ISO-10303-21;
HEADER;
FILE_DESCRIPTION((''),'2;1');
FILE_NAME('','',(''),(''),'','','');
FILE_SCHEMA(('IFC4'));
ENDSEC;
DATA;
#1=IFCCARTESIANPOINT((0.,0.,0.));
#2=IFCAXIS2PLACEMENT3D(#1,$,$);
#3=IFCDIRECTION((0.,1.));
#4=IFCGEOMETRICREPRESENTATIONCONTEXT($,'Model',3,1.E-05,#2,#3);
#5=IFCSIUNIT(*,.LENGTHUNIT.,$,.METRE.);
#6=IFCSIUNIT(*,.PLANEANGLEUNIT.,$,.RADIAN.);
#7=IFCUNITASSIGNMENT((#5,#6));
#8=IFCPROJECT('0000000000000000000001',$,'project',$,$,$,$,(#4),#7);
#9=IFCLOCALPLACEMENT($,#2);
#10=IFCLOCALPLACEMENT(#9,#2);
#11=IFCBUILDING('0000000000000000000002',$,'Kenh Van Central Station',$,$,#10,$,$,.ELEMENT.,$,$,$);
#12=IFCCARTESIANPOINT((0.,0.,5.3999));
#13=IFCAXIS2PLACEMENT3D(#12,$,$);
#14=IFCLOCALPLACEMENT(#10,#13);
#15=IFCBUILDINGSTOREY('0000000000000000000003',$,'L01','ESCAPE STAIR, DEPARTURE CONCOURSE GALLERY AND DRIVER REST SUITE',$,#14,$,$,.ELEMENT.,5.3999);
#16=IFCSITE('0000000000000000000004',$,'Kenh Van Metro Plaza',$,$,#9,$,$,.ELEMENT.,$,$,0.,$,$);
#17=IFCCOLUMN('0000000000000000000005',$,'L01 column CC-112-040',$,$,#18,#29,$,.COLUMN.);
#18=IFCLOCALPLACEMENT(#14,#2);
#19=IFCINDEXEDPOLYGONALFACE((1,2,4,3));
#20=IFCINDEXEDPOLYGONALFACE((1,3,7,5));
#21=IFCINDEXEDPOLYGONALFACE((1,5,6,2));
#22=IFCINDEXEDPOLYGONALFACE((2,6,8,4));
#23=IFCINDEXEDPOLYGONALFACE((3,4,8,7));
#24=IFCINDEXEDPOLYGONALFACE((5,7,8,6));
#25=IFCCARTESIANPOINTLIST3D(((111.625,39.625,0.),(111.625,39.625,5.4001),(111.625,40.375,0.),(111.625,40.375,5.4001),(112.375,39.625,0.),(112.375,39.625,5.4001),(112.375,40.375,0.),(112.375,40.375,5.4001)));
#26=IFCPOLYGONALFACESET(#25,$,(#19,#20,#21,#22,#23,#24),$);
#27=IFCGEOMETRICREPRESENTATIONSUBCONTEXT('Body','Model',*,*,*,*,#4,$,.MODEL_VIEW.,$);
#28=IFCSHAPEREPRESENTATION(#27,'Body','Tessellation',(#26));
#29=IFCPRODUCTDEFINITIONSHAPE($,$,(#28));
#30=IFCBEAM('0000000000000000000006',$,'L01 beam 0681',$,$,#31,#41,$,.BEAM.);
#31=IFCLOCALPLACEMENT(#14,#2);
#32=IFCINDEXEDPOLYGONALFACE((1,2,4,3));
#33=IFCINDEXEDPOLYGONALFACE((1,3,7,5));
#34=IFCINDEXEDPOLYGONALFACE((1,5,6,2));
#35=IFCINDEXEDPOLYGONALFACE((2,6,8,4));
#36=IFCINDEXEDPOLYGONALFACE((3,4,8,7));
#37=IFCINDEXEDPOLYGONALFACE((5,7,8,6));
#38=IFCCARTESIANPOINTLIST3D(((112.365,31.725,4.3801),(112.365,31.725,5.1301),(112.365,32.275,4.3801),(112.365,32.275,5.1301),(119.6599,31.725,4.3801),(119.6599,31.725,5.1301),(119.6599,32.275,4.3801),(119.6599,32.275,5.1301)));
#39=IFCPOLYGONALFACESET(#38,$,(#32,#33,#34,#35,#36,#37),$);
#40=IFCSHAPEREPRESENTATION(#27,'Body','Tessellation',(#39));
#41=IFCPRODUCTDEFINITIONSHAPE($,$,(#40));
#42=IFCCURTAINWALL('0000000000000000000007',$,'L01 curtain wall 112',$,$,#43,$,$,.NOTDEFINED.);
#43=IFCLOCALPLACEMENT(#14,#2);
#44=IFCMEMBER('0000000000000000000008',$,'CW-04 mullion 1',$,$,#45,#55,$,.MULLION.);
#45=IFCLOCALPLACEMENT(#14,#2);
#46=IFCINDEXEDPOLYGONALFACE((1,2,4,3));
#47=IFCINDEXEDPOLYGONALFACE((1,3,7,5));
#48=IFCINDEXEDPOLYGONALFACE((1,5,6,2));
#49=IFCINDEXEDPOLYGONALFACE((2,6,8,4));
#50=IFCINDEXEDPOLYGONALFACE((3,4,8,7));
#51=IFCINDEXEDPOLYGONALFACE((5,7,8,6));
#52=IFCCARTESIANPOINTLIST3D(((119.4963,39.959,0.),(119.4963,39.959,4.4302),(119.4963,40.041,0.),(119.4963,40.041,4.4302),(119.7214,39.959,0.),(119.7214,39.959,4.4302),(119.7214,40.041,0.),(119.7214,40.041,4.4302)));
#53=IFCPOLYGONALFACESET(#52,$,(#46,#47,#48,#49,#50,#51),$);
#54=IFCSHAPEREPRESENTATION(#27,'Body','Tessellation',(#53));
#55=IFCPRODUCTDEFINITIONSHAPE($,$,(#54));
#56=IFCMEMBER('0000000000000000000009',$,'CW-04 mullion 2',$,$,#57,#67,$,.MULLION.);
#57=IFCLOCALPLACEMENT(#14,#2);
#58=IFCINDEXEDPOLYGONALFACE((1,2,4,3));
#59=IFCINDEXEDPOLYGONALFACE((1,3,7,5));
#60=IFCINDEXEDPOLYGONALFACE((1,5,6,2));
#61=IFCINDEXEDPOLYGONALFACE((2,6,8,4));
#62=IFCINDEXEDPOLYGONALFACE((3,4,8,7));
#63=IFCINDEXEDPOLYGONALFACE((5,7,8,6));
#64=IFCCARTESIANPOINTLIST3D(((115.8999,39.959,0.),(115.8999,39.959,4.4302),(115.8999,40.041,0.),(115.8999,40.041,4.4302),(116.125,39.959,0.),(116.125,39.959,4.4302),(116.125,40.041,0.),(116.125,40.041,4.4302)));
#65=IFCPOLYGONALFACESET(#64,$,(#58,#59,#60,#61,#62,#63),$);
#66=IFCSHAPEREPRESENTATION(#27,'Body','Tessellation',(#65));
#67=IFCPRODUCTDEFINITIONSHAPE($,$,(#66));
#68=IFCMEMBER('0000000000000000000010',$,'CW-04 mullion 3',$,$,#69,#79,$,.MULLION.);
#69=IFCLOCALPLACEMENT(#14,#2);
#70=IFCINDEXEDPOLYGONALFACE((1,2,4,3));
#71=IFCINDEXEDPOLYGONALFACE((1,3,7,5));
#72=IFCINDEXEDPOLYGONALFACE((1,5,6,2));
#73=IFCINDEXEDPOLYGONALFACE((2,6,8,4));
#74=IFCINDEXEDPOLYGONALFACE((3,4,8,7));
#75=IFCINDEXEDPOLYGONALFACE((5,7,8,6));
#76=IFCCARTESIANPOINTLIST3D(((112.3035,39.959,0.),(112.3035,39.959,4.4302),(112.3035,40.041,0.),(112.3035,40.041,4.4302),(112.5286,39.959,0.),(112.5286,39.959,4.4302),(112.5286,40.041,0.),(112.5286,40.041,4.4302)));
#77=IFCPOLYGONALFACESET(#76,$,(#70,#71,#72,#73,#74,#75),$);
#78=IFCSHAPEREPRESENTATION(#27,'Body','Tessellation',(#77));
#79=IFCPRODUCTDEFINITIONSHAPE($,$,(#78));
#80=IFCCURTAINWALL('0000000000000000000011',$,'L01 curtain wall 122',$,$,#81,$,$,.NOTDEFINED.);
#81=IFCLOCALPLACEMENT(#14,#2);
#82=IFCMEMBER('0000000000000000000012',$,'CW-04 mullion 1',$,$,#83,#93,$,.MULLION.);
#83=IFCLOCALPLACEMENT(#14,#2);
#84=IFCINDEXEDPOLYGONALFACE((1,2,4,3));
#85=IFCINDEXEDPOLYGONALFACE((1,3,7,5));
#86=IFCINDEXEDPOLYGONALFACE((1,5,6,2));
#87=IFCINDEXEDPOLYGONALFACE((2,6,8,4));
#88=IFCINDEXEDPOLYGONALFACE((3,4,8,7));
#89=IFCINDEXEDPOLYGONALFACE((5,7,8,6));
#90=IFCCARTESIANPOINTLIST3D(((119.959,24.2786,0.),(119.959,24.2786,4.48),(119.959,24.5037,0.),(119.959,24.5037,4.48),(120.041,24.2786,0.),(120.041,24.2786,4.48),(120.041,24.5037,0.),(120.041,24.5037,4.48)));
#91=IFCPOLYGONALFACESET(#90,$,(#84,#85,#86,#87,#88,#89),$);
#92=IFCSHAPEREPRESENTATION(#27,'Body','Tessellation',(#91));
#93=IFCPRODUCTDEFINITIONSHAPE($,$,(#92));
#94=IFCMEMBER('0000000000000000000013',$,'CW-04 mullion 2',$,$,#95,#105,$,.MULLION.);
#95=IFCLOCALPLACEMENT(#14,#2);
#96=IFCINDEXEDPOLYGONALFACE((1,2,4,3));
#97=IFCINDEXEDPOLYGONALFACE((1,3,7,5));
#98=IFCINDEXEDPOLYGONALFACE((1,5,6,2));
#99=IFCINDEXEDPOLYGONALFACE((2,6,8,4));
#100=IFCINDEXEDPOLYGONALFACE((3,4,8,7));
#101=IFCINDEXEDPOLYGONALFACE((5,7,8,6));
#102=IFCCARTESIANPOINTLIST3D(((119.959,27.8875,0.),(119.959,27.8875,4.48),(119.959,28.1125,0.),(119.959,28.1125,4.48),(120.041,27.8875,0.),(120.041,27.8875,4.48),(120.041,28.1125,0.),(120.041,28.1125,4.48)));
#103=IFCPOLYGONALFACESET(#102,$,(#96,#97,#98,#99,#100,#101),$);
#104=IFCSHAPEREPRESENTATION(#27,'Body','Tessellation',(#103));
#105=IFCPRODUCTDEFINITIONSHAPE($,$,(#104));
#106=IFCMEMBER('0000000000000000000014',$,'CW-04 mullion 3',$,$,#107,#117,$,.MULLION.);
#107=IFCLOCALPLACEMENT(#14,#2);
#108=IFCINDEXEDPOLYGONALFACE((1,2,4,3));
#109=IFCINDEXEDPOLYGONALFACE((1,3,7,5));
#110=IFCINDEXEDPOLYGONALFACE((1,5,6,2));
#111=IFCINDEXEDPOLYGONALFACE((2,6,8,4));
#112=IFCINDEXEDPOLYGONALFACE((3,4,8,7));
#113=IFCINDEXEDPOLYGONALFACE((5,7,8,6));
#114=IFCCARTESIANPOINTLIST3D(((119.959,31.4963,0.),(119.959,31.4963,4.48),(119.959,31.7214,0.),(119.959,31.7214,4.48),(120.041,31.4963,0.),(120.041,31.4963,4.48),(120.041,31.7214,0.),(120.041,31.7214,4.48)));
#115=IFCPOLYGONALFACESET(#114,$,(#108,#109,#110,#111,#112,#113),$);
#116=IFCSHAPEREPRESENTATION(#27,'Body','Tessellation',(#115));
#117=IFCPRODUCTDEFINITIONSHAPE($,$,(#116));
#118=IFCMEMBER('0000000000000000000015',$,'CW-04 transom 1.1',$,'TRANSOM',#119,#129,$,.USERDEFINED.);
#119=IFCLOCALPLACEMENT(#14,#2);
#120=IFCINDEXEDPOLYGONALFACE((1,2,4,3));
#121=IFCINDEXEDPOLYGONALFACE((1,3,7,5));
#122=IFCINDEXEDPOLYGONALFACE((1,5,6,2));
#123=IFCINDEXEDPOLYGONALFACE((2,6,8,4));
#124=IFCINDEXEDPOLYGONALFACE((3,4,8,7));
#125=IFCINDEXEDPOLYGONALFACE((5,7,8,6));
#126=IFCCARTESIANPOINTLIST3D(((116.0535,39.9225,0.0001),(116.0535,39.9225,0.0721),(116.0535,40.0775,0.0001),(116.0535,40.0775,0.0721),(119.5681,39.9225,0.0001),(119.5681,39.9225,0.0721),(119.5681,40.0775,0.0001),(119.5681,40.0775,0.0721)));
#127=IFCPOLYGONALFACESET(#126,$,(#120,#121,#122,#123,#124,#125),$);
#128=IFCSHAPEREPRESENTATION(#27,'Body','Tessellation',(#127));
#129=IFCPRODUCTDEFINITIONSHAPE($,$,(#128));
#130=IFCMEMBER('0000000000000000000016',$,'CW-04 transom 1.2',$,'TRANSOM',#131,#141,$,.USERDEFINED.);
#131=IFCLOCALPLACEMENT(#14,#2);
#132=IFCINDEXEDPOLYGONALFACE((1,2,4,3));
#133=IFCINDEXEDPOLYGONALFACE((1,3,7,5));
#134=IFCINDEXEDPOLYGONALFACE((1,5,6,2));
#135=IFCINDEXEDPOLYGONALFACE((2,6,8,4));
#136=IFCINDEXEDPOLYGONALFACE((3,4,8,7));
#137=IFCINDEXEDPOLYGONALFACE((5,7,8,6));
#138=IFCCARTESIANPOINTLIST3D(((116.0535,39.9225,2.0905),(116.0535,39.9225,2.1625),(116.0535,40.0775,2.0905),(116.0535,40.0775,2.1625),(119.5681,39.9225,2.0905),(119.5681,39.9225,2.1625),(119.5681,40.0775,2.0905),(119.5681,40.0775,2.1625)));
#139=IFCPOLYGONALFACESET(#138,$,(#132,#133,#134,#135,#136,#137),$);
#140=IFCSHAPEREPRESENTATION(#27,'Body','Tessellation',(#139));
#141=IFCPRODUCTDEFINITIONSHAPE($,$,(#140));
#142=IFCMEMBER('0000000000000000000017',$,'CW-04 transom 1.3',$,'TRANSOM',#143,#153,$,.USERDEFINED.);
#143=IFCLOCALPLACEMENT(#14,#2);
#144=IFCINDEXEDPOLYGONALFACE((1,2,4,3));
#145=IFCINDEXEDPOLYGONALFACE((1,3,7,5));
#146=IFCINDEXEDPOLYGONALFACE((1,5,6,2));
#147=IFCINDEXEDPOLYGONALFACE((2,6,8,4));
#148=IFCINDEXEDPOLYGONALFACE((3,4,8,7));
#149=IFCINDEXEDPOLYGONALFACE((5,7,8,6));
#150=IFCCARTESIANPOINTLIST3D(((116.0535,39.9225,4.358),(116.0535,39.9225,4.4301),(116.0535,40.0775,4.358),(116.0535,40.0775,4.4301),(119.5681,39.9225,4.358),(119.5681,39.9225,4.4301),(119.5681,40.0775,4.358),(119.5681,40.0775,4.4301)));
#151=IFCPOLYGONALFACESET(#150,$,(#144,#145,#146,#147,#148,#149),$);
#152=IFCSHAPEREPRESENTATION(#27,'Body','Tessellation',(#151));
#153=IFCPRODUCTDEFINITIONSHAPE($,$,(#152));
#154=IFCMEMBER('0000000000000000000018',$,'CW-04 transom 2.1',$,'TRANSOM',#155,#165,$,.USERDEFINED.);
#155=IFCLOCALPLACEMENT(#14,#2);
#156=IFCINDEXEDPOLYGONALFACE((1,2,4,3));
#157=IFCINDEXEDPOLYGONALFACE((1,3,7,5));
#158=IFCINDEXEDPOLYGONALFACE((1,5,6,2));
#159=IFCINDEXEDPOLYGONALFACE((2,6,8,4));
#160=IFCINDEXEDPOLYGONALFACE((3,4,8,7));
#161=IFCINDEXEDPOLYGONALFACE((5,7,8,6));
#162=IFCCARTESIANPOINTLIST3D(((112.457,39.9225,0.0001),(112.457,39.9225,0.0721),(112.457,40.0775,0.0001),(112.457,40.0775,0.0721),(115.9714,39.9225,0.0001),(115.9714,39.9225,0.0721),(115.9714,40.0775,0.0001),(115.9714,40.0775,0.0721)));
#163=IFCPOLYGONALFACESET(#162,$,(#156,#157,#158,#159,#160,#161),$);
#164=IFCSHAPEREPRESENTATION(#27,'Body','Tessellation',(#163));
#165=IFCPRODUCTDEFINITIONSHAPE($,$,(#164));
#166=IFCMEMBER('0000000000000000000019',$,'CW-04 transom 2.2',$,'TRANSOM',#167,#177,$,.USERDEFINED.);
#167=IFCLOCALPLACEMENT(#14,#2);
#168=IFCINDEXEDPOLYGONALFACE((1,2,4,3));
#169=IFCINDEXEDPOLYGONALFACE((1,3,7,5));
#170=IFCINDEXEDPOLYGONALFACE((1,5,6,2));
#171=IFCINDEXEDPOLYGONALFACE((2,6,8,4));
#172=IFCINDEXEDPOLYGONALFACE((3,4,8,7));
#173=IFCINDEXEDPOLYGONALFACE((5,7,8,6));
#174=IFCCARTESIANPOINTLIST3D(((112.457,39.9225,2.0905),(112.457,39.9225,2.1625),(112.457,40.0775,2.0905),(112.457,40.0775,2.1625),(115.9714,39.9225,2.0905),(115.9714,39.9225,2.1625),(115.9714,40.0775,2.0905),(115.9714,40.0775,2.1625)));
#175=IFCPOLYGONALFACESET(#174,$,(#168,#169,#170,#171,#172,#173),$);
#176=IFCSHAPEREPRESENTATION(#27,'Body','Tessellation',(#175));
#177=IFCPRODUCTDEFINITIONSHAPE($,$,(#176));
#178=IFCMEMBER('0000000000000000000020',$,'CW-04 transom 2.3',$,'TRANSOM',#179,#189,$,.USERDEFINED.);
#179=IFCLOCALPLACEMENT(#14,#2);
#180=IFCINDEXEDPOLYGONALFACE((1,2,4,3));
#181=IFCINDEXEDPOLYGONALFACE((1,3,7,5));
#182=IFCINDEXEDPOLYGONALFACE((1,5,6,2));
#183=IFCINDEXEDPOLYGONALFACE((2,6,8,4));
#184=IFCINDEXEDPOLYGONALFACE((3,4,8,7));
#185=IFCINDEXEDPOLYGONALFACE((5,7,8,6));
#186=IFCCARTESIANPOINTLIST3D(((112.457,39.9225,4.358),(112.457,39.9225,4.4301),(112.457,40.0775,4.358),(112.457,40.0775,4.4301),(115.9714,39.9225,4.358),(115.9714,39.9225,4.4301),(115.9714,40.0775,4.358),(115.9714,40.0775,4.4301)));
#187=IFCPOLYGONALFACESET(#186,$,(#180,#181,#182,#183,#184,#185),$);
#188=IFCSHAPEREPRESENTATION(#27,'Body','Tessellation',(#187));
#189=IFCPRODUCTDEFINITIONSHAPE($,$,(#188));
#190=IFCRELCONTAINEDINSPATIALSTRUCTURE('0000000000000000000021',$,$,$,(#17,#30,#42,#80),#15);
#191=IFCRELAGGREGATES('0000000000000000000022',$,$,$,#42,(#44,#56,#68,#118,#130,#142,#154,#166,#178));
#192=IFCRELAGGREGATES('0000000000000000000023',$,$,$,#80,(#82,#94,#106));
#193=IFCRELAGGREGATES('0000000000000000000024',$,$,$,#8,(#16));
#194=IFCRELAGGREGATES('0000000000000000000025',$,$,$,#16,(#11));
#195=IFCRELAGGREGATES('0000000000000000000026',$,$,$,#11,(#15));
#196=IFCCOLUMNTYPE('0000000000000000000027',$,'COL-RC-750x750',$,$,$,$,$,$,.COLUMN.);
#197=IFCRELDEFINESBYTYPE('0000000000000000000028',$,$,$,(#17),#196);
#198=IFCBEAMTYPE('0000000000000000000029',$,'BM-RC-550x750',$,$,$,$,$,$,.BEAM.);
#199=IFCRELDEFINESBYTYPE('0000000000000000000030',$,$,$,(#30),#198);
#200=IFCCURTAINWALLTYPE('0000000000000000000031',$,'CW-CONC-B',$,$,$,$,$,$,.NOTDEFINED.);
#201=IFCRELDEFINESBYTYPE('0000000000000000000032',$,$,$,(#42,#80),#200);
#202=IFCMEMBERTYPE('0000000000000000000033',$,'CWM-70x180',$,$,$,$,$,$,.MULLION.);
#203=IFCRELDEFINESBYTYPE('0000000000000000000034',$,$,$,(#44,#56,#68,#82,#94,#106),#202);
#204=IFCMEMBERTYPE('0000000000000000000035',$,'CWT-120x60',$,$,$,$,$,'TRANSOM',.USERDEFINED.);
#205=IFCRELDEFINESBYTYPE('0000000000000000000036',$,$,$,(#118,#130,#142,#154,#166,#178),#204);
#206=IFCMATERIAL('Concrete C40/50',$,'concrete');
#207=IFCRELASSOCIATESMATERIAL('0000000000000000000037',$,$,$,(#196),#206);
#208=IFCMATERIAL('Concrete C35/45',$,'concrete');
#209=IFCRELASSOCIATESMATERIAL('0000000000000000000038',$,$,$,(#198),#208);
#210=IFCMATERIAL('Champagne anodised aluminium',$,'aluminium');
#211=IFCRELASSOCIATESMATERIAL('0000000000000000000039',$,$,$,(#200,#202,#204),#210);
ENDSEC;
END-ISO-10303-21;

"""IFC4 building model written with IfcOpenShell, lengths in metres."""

from ifc_helpers import new_model, si_unit, direction, frame, origin, origin_2d, place, context, subcontext, project, spatial, rectangle, extrude, material, material_profile, profile_set, type_object, element, aggregate, save


model = new_model("IFC4")

# Units and contexts
model_context = context("Model", 3, precision=1e-05, world=origin(), true_north=direction((0.0, 1.0)))
body_context = subcontext(model_context, "Body", "Model", "MODEL_VIEW")
ifc_project = project(units=[si_unit("LENGTHUNIT", "METRE"), si_unit("PLANEANGLEUNIT", "RADIAN")], contexts=[model_context])

# Site, building, storey
site_placement = place(None, origin())
site = spatial("IfcSite", under=ifc_project, at=site_placement, Name="Kenh Van Metro Plaza", CompositionType="ELEMENT", RefElevation=0.0)
building_placement = place(site_placement, origin())
building = spatial("IfcBuilding", under=site, at=building_placement, Name="Kenh Van Central Station", CompositionType="ELEMENT")
storey_placement = place(building_placement, frame((0.0, 0.0, 5.3999)))
storey = spatial("IfcBuildingStorey", under=building, at=storey_placement, Name="L01", Description="ESCAPE STAIR, DEPARTURE CONCOURSE GALLERY AND DRIVER REST SUITE", CompositionType="ELEMENT", Elevation=5.3999)

# Column
ifc_material_1 = material(Name="Concrete C40/50", Category="concrete")
ifc_material_profile_1 = material_profile(ifc_material_1, rectangle(XDim=0.75, YDim=0.75, at=origin_2d()), Name="RC 750x750")
ifc_profile_set_1 = profile_set([ifc_material_profile_1], Name="Concrete C40/50")
column_type = type_object("IfcColumnType", Name="COL-RC-750x750", PredefinedType="COLUMN", material=ifc_profile_set_1)
column_placement = place(storey_placement, frame((112.0, 40.0, 0.0), z_axis=(0.0, 0.0, 1.0), x_axis=(1.0, 0.0, 0.0)))
element("IfcColumn", 1, at=column_placement, inside=storey, type_object=column_type, Name="L01 column CC-112-040", PredefinedType="COLUMN", context=body_context, shape_type="SweptSolid", body=[
    extrude(rectangle(XDim=0.75, YDim=0.75, at=origin_2d()), origin(), (0.0, 0.0, 1.0), 5.4001),
])

# Beam
ifc_material_2 = material(Name="Concrete C35/45", Category="concrete")
ifc_material_profile_2 = material_profile(ifc_material_2, rectangle(XDim=0.55, YDim=0.75, at=origin_2d()), Name="RC 550x750")
ifc_profile_set_2 = profile_set([ifc_material_profile_2], Name="Concrete C35/45")
beam_type_1 = type_object("IfcBeamType", Name="BM-RC-550x750", PredefinedType="BEAM", material=ifc_profile_set_2)
beam_1_placement = place(storey_placement, frame((112.365, 32.0, 4.7551), z_axis=(1.0, 0.0, 0.0), x_axis=(0.0, 1.0, 0.0)))
element("IfcBeam", 2, at=beam_1_placement, inside=storey, type_object=beam_type_1, Name="L01 beam 0681", PredefinedType="BEAM", context=body_context, shape_type="SweptSolid", body=[
    extrude(rectangle(XDim=0.55, YDim=0.75, at=origin_2d()), origin(), (0.0, 0.0, 1.0), 7.2949),
])

# Curtain walls, members
ifc_material_3 = material(Name="Champagne anodised aluminium", Category="aluminium")
curtain_wall_type = type_object("IfcCurtainWallType", Name="CW-CONC-B", PredefinedType="NOTDEFINED", material=ifc_material_3)
curtain_wall_1_placement = place(storey_placement, origin())
curtain_wall_1 = element("IfcCurtainWall", 3, at=curtain_wall_1_placement, inside=storey, type_object=curtain_wall_type, Name="L01 curtain wall 112", PredefinedType="NOTDEFINED")
ifc_material_profile_3 = material_profile(ifc_material_3, rectangle(XDim=0.082, YDim=0.2251, at=origin_2d()), Name="AL 82x225")
ifc_profile_set_3 = profile_set([ifc_material_profile_3], Name="Champagne anodised aluminium")
member_type_1 = type_object("IfcMemberType", Name="CWM-70x180", PredefinedType="MULLION", material=ifc_profile_set_3)
member_1_placement = place(storey_placement, frame((119.6089, 40.0, 0.0), z_axis=(0.0, 0.0, 1.0), x_axis=(0.0, -1.0, 0.0)))
member_1 = element("IfcMember", 4, at=member_1_placement, type_object=member_type_1, Name="CW-04 mullion 1", PredefinedType="MULLION", context=body_context, shape_type="SweptSolid", body=[
    extrude(rectangle(XDim=0.082, YDim=0.2251, at=origin_2d()), origin(), (0.0, 0.0, 1.0), 4.4302),
])
member_2_placement = place(storey_placement, frame((116.0125, 40.0, 0.0), z_axis=(0.0, 0.0, 1.0), x_axis=(0.0, -1.0, 0.0)))
member_2 = element("IfcMember", 5, at=member_2_placement, type_object=member_type_1, Name="CW-04 mullion 2", PredefinedType="MULLION", context=body_context, shape_type="SweptSolid", body=[
    extrude(rectangle(XDim=0.082, YDim=0.2251, at=origin_2d()), origin(), (0.0, 0.0, 1.0), 4.4302),
])
member_3_placement = place(storey_placement, frame((112.416, 40.0, 0.0), z_axis=(0.0, 0.0, 1.0), x_axis=(0.0, -1.0, 0.0)))
member_3 = element("IfcMember", 6, at=member_3_placement, type_object=member_type_1, Name="CW-04 mullion 3", PredefinedType="MULLION", context=body_context, shape_type="SweptSolid", body=[
    extrude(rectangle(XDim=0.082, YDim=0.2251, at=origin_2d()), origin(), (0.0, 0.0, 1.0), 4.4302),
])
curtain_wall_2_placement = place(storey_placement, origin())
curtain_wall_2 = element("IfcCurtainWall", 7, at=curtain_wall_2_placement, inside=storey, type_object=curtain_wall_type, Name="L01 curtain wall 122", PredefinedType="NOTDEFINED")
member_4_placement = place(storey_placement, frame((120.0, 24.3911, 0.0), z_axis=(0.0, 0.0, 1.0), x_axis=(-1.0, 0.0, 0.0)))
member_4 = element("IfcMember", 8, at=member_4_placement, type_object=member_type_1, Name="CW-04 mullion 1", PredefinedType="MULLION", context=body_context, shape_type="SweptSolid", body=[
    extrude(rectangle(XDim=0.082, YDim=0.2251, at=origin_2d()), origin(), (0.0, 0.0, 1.0), 4.48),
])
member_5_placement = place(storey_placement, frame((120.0, 28.0, 0.0), z_axis=(0.0, 0.0, 1.0), x_axis=(-1.0, 0.0, 0.0)))
member_5 = element("IfcMember", 9, at=member_5_placement, type_object=member_type_1, Name="CW-04 mullion 2", PredefinedType="MULLION", context=body_context, shape_type="SweptSolid", body=[
    extrude(rectangle(XDim=0.082, YDim=0.2251, at=origin_2d()), origin(), (0.0, 0.0, 1.0), 4.48),
])
member_6_placement = place(storey_placement, frame((120.0, 31.6089, 0.0), z_axis=(0.0, 0.0, 1.0), x_axis=(-1.0, 0.0, 0.0)))
member_6 = element("IfcMember", 10, at=member_6_placement, type_object=member_type_1, Name="CW-04 mullion 3", PredefinedType="MULLION", context=body_context, shape_type="SweptSolid", body=[
    extrude(rectangle(XDim=0.082, YDim=0.2251, at=origin_2d()), origin(), (0.0, 0.0, 1.0), 4.48),
])

# Members
ifc_material_profile_4 = material_profile(ifc_material_3, rectangle(XDim=0.155, YDim=0.072, at=origin_2d()), Name="AL 155x72")
ifc_profile_set_4 = profile_set([ifc_material_profile_4], Name="Champagne anodised aluminium")
member_type_2 = type_object("IfcMemberType", Name="CWT-120x60", ElementType="TRANSOM", PredefinedType="USERDEFINED", material=ifc_profile_set_4)
member_7_placement = place(storey_placement, frame((119.5681, 40.0, 0.0361), z_axis=(-1.0, 0.0, 0.0), x_axis=(0.0, -1.0, 0.0)))
member_7 = element("IfcMember", 11, at=member_7_placement, type_object=member_type_2, Name="CW-04 transom 1.1", ObjectType="TRANSOM", PredefinedType="USERDEFINED", context=body_context, shape_type="SweptSolid", body=[
    extrude(rectangle(XDim=0.155, YDim=0.072, at=origin_2d()), origin(), (0.0, 0.0, 1.0), 3.5146),
])
member_8_placement = place(storey_placement, frame((119.5681, 40.0, 2.1265), z_axis=(-1.0, 0.0, 0.0), x_axis=(0.0, -1.0, 0.0)))
member_8 = element("IfcMember", 12, at=member_8_placement, type_object=member_type_2, Name="CW-04 transom 1.2", ObjectType="TRANSOM", PredefinedType="USERDEFINED", context=body_context, shape_type="SweptSolid", body=[
    extrude(rectangle(XDim=0.155, YDim=0.072, at=origin_2d()), origin(), (0.0, 0.0, 1.0), 3.5146),
])
member_9_placement = place(storey_placement, frame((119.5681, 40.0, 4.394), z_axis=(-1.0, 0.0, 0.0), x_axis=(0.0, -1.0, 0.0)))
member_9 = element("IfcMember", 13, at=member_9_placement, type_object=member_type_2, Name="CW-04 transom 1.3", ObjectType="TRANSOM", PredefinedType="USERDEFINED", context=body_context, shape_type="SweptSolid", body=[
    extrude(rectangle(XDim=0.155, YDim=0.072, at=origin_2d()), origin(), (0.0, 0.0, 1.0), 3.5146),
])
member_10_placement = place(storey_placement, frame((115.9714, 40.0, 0.0361), z_axis=(-1.0, 0.0, 0.0), x_axis=(0.0, -1.0, 0.0)))
member_10 = element("IfcMember", 14, at=member_10_placement, type_object=member_type_2, Name="CW-04 transom 2.1", ObjectType="TRANSOM", PredefinedType="USERDEFINED", context=body_context, shape_type="SweptSolid", body=[
    extrude(rectangle(XDim=0.155, YDim=0.072, at=origin_2d()), origin(), (0.0, 0.0, 1.0), 3.5144),
])
member_11_placement = place(storey_placement, frame((115.9714, 40.0, 2.1265), z_axis=(-1.0, 0.0, 0.0), x_axis=(0.0, -1.0, 0.0)))
member_11 = element("IfcMember", 15, at=member_11_placement, type_object=member_type_2, Name="CW-04 transom 2.2", ObjectType="TRANSOM", PredefinedType="USERDEFINED", context=body_context, shape_type="SweptSolid", body=[
    extrude(rectangle(XDim=0.155, YDim=0.072, at=origin_2d()), origin(), (0.0, 0.0, 1.0), 3.5144),
])
member_12_placement = place(storey_placement, frame((115.9714, 40.0, 4.394), z_axis=(-1.0, 0.0, 0.0), x_axis=(0.0, -1.0, 0.0)))
member_12 = element("IfcMember", 16, at=member_12_placement, type_object=member_type_2, Name="CW-04 transom 2.3", ObjectType="TRANSOM", PredefinedType="USERDEFINED", context=body_context, shape_type="SweptSolid", body=[
    extrude(rectangle(XDim=0.155, YDim=0.072, at=origin_2d()), origin(), (0.0, 0.0, 1.0), 3.5144),
])

aggregate(curtain_wall_1, [member_1, member_2, member_3, member_7, member_8, member_9, member_10, member_11, member_12])
aggregate(curtain_wall_2, [member_4, member_5, member_6])

save(model, "model.ifc")
